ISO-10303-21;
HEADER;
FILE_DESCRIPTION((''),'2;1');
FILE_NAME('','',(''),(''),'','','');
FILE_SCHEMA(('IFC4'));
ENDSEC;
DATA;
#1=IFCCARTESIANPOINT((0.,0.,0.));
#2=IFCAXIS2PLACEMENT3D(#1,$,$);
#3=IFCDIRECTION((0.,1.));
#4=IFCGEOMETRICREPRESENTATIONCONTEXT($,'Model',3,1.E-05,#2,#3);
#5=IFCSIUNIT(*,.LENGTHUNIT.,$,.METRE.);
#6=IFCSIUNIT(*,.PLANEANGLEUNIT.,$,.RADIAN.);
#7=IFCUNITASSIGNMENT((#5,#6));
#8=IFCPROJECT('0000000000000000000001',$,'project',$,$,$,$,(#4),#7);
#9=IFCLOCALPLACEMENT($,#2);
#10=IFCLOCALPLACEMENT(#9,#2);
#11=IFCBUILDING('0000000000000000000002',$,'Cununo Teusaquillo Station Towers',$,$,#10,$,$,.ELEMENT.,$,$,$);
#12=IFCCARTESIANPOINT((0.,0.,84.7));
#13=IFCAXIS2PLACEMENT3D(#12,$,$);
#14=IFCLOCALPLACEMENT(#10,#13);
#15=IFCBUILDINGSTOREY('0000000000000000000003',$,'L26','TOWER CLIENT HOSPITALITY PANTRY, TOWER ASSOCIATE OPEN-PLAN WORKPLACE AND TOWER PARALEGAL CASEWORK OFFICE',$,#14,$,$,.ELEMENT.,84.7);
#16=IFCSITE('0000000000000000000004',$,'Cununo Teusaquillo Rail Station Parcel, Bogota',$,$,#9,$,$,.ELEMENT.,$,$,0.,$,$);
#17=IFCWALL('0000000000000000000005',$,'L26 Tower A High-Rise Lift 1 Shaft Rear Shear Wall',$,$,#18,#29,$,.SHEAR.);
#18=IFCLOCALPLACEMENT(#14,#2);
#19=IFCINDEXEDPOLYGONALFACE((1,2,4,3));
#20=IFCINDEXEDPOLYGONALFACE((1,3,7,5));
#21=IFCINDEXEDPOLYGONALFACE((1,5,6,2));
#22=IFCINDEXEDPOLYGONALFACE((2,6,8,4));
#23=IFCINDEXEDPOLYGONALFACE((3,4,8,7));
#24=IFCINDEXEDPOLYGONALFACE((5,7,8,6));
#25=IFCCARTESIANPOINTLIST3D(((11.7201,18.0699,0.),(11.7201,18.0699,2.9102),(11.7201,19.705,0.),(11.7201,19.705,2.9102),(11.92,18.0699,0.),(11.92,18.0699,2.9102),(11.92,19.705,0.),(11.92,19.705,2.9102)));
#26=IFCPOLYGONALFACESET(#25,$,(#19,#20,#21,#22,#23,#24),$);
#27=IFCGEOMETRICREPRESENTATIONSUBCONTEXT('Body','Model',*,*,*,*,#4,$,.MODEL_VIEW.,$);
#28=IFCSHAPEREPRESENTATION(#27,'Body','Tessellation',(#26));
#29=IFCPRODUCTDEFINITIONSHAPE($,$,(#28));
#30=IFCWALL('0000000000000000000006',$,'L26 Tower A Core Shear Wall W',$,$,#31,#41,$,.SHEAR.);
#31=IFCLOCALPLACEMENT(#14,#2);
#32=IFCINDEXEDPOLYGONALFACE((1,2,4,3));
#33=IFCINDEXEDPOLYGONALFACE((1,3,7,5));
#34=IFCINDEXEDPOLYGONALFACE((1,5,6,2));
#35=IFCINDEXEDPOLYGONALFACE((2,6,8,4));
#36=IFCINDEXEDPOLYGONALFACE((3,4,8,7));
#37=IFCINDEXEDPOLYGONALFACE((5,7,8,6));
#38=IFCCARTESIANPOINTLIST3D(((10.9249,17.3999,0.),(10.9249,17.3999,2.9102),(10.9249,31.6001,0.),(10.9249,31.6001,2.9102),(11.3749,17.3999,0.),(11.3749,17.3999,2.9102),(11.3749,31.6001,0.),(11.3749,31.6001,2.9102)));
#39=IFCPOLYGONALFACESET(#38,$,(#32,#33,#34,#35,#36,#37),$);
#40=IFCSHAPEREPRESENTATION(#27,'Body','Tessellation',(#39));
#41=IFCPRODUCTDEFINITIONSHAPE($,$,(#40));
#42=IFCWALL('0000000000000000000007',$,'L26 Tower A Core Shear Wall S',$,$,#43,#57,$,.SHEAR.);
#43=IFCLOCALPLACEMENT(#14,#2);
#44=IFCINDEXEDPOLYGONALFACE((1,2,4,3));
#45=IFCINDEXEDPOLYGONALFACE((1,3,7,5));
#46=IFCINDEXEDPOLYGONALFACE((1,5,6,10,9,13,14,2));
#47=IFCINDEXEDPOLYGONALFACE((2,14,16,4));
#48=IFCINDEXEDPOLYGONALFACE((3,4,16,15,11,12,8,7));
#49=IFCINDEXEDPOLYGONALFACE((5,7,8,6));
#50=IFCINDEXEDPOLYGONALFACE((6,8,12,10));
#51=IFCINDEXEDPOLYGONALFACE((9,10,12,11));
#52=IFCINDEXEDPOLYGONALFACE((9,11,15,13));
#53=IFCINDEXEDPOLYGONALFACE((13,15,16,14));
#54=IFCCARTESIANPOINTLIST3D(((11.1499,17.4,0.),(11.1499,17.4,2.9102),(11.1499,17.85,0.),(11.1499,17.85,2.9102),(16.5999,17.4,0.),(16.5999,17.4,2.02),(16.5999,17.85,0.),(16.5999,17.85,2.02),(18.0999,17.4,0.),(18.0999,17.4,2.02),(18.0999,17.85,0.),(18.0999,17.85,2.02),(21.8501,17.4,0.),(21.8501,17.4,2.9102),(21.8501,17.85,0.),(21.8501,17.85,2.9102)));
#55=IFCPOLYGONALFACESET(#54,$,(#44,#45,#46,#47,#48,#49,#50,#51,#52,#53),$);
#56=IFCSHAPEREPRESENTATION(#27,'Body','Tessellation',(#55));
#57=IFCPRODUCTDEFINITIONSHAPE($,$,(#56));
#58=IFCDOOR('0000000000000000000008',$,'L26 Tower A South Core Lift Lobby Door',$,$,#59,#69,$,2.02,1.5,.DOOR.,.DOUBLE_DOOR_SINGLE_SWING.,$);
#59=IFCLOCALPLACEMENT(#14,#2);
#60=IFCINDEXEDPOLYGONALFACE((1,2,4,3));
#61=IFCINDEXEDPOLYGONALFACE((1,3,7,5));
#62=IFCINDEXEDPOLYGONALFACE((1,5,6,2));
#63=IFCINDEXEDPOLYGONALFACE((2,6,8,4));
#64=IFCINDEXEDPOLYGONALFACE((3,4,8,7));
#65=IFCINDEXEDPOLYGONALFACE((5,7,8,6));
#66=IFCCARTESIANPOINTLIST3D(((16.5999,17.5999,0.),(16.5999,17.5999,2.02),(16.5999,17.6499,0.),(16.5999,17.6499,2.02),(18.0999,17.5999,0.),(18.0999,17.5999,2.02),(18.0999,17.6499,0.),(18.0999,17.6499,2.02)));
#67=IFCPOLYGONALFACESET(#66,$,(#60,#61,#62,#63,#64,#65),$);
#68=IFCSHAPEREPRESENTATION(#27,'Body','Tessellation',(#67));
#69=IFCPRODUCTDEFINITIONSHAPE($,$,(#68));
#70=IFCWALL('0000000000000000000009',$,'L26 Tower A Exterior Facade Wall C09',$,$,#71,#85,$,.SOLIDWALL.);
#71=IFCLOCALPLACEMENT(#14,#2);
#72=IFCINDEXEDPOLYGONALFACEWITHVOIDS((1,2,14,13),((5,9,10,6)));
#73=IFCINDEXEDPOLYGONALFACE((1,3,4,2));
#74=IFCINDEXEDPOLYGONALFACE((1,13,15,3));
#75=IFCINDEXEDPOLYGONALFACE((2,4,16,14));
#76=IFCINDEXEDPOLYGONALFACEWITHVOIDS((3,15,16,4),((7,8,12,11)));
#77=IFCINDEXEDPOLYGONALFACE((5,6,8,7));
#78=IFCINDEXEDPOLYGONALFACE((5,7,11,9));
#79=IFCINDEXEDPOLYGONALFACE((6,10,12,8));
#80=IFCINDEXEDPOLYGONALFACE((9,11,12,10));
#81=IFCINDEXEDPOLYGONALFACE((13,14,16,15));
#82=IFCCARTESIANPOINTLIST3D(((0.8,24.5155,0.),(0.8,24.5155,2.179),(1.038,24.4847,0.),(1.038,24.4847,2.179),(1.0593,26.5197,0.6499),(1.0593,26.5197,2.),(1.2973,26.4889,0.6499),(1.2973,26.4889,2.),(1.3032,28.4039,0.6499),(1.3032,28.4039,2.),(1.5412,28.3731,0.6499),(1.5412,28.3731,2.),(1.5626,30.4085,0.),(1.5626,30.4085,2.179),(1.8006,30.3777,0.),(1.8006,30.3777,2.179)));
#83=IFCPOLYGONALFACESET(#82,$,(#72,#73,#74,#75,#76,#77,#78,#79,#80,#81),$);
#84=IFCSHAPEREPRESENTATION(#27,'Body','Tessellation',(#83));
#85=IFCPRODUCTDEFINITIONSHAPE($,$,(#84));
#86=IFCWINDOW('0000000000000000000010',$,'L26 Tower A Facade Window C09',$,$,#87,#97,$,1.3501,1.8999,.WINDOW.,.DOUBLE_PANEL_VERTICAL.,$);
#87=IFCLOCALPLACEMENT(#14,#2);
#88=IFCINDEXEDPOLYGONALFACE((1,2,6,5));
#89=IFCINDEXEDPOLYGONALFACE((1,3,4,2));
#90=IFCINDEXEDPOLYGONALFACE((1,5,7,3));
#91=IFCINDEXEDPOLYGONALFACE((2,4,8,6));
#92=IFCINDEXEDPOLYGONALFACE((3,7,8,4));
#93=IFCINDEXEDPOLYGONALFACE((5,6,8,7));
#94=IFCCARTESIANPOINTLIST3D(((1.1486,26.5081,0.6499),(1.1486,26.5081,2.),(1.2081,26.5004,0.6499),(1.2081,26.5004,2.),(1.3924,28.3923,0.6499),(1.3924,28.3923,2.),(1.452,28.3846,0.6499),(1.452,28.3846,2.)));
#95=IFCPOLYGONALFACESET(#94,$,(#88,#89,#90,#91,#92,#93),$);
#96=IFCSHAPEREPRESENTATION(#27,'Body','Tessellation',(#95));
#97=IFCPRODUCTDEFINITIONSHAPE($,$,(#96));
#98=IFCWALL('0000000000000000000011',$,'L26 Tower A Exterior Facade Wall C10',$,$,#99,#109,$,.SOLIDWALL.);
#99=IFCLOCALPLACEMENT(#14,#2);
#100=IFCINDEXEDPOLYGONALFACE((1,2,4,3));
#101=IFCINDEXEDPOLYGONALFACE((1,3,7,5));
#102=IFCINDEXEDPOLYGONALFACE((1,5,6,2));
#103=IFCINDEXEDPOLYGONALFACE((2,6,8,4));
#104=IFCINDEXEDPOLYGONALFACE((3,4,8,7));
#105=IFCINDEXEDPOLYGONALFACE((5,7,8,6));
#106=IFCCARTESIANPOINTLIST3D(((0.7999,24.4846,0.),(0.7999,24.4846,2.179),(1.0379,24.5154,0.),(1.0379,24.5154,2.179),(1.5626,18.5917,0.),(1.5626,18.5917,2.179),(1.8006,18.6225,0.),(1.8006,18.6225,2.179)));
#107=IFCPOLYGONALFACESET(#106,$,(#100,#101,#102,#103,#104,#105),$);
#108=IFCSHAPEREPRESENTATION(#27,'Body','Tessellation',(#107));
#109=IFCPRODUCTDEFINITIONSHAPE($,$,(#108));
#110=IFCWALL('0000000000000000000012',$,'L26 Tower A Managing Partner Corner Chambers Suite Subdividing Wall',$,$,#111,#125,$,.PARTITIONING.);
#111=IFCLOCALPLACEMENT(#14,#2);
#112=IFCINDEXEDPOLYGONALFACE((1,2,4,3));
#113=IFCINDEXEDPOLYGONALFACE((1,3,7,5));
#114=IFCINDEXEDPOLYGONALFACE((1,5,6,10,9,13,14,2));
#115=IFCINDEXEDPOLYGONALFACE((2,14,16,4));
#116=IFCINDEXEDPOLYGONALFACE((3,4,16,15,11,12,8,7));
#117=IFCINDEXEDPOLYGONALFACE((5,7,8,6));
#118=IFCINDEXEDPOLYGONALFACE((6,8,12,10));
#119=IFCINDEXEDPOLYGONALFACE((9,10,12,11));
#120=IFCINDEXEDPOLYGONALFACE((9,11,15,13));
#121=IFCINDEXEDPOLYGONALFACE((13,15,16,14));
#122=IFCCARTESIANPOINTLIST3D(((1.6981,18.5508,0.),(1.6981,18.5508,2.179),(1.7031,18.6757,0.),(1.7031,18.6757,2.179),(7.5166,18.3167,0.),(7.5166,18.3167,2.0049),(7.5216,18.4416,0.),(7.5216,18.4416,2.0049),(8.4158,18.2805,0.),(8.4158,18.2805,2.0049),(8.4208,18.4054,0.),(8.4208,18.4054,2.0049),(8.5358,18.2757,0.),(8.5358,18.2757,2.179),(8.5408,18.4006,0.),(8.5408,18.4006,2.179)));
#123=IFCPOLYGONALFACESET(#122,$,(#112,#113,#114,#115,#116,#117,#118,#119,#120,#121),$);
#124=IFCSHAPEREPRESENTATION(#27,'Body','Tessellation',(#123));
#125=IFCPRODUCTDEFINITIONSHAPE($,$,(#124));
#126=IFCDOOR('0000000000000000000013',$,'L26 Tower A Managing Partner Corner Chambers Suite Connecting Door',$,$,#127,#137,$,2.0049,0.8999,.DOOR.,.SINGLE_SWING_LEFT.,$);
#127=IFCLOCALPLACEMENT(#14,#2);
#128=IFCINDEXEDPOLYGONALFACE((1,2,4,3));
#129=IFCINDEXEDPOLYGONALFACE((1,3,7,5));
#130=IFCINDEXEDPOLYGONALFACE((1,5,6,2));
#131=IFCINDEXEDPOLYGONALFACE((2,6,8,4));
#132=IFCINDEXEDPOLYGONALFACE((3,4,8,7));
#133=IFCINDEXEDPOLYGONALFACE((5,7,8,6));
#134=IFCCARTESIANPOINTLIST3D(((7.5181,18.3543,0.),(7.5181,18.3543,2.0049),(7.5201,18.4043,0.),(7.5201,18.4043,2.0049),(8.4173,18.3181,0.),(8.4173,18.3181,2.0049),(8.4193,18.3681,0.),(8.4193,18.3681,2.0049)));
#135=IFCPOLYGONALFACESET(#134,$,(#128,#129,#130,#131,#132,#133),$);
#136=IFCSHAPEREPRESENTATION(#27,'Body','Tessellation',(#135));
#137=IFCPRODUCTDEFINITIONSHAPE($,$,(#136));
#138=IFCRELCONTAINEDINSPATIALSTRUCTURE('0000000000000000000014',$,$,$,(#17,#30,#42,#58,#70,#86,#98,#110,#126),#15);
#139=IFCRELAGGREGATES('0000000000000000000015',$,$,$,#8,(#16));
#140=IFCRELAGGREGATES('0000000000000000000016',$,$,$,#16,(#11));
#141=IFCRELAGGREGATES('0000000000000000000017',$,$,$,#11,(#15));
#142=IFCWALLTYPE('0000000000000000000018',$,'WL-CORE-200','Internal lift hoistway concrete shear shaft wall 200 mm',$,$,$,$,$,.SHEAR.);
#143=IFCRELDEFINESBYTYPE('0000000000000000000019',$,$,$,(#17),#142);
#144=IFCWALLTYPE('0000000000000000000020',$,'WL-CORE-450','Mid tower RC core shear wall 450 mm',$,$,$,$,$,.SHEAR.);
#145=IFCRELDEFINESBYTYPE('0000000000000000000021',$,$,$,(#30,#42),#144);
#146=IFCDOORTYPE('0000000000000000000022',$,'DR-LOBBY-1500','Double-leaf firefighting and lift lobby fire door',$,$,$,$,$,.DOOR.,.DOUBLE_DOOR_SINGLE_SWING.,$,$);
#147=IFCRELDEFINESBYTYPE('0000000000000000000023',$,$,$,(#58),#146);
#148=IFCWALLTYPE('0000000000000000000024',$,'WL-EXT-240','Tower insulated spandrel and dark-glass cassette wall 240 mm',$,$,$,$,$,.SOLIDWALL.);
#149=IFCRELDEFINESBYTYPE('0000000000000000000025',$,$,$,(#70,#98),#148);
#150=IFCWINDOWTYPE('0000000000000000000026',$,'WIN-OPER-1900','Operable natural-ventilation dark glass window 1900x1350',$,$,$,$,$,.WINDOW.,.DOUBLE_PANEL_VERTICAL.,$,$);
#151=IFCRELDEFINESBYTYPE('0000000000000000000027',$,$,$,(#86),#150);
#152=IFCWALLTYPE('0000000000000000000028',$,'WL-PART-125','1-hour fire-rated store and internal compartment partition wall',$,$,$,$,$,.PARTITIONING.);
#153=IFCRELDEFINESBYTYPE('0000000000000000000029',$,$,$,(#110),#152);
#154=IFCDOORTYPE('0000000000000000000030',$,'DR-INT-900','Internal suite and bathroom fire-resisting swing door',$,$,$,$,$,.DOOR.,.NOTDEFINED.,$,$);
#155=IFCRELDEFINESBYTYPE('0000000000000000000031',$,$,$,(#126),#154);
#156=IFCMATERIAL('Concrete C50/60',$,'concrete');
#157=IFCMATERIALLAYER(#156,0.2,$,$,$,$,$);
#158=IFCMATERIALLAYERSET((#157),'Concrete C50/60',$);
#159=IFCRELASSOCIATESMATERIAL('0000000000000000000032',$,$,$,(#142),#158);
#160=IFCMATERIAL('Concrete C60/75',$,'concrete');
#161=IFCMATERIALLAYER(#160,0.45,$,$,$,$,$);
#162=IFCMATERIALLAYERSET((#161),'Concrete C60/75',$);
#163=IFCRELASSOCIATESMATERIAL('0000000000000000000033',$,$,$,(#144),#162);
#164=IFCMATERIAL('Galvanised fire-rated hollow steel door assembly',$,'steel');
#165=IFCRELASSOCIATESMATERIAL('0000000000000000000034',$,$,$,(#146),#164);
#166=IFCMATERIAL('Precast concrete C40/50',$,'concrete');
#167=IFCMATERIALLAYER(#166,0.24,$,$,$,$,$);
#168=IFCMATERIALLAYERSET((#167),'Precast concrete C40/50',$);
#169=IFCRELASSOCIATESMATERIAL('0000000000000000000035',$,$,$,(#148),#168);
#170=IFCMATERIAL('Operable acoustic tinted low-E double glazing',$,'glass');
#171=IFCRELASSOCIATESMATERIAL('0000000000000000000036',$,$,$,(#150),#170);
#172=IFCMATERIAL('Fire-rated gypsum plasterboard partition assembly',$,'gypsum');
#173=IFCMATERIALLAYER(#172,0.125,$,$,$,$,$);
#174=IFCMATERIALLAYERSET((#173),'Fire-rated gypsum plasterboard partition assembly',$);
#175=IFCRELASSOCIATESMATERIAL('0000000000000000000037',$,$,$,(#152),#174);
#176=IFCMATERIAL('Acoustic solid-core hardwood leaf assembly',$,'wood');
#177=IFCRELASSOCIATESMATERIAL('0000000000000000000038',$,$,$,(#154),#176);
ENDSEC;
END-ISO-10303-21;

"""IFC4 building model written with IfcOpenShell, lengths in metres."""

from ifc_helpers import new_model, si_unit, direction, frame, frame_2d, origin, place, context, subcontext, project, spatial, rectangle, extrude, source, transform, mapped, material, layer, layer_set, type_object, element, fill, save


model = new_model("IFC4")

# Units and contexts
model_context = context("Model", 3, precision=1e-05, world=origin(), true_north=direction((0.0, 1.0)))
body_context = subcontext(model_context, "Body", "Model", "MODEL_VIEW")
ifc_project = project(units=[si_unit("LENGTHUNIT", "METRE"), si_unit("PLANEANGLEUNIT", "RADIAN")], contexts=[model_context])

# Site, building, storey
site_placement = place(None, origin())
site = spatial("IfcSite", under=ifc_project, at=site_placement, Name="Cununo Teusaquillo Rail Station Parcel, Bogota", CompositionType="ELEMENT", RefElevation=0.0)
building_placement = place(site_placement, origin())
building = spatial("IfcBuilding", under=site, at=building_placement, Name="Cununo Teusaquillo Station Towers", CompositionType="ELEMENT")
storey_placement = place(building_placement, frame((0.0, 0.0, 84.7)))
storey = spatial("IfcBuildingStorey", under=building, at=storey_placement, Name="L26", Description="TOWER CLIENT HOSPITALITY PANTRY, TOWER ASSOCIATE OPEN-PLAN WORKPLACE AND TOWER PARALEGAL CASEWORK OFFICE", CompositionType="ELEMENT", Elevation=84.7)

# Walls
ifc_material_1 = material(Name="Concrete C50/60", Category="concrete")
ifc_layer_1 = layer(ifc_material_1, 0.2)
ifc_layer_set_1 = layer_set([ifc_layer_1], Name="Concrete C50/60")
wall_type_1 = type_object("IfcWallType", Name="WL-CORE-200", Description="Internal lift hoistway concrete shear shaft wall 200 mm", PredefinedType="SHEAR", material=ifc_layer_set_1)
wall_1_placement = place(storey_placement, frame((11.8201, 18.0701, 0.0), z_axis=(0.0, 0.0, 1.0), x_axis=(0.0, 1.0, 0.0)))
element("IfcWall", 1, at=wall_1_placement, inside=storey, type_object=wall_type_1, Name="L26 Tower A High-Rise Lift 1 Shaft Rear Shear Wall", PredefinedType="SHEAR", context=body_context, shape_type="SweptSolid", body=[
    extrude(rectangle(XDim=1.635, YDim=0.2, at=frame_2d((0.8174, 0.0))), origin(), (0.0, 0.0, 1.0), 2.9102),
])
ifc_material_2 = material(Name="Concrete C60/75", Category="concrete")
ifc_layer_2 = layer(ifc_material_2, 0.45)
ifc_layer_set_2 = layer_set([ifc_layer_2], Name="Concrete C60/75")
wall_type_2 = type_object("IfcWallType", Name="WL-CORE-450", Description="Mid tower RC core shear wall 450 mm", PredefinedType="SHEAR", material=ifc_layer_set_2)
wall_2_placement = place(storey_placement, frame((11.1499, 17.3999, 0.0), z_axis=(0.0, 0.0, 1.0), x_axis=(0.0, 1.0, 0.0)))
element("IfcWall", 2, at=wall_2_placement, inside=storey, type_object=wall_type_2, Name="L26 Tower A Core Shear Wall W", PredefinedType="SHEAR", context=body_context, shape_type="SweptSolid", body=[
    extrude(rectangle(XDim=14.2002, YDim=0.45, at=frame_2d((7.1001, 0.0))), origin(), (0.0, 0.0, 1.0), 2.9102),
])

# Wall, opening, door
wall_3_placement = place(storey_placement, frame((11.1499, 17.625, 0.0), z_axis=(0.0, 0.0, 1.0), x_axis=(1.0, 0.0, 0.0)))
wall_3 = element("IfcWall", 3, at=wall_3_placement, inside=storey, type_object=wall_type_2, Name="L26 Tower A Core Shear Wall S", PredefinedType="SHEAR", context=body_context, shape_type="SweptSolid", body=[
    extrude(rectangle(XDim=10.7002, YDim=0.45, at=frame_2d((5.3501, 0.0))), origin(), (0.0, 0.0, 1.0), 2.9102),
])
shared_shape_1 = source(origin(), body_context, "Body", "SweptSolid", [
    extrude(rectangle(XDim=1.5, YDim=2.02, at=frame_2d((0.75, 1.01))), frame((0.0, 0.2349, 0.0), z_axis=(0.0, -1.0, 0.0), x_axis=(1.0, 0.0, 0.0)), (0.0, 0.0, 1.0), 0.47),
])
opening_1_placement = place(wall_3_placement, frame((5.45, 0.0, 0.0)))
opening_1 = element("IfcOpeningElement", 4, at=opening_1_placement, cuts=wall_3, PredefinedType="OPENING", context=body_context, shape_type="MappedRepresentation", body=[
    mapped(shared_shape_1, transform((0.0, 0.0, 0.0), x_axis=(1.0, 0.0, 0.0), y_axis=(0.0, 1.0, 0.0), z_axis=(0.0, 0.0, 1.0), scale=1.0)),
])
ifc_material_3 = material(Name="Galvanised fire-rated hollow steel door assembly", Category="steel")
door_type_1 = type_object("IfcDoorType", Name="DR-LOBBY-1500", Description="Double-leaf firefighting and lift lobby fire door", OperationType="DOUBLE_DOOR_SINGLE_SWING", PredefinedType="DOOR", material=ifc_material_3)
shared_shape_2 = source(origin(), body_context, "Body", "SweptSolid", [
    extrude(rectangle(XDim=1.5, YDim=2.02, at=frame_2d((0.75, 1.01))), frame((0.0, 0.0249, 0.0), z_axis=(0.0, -1.0, 0.0), x_axis=(1.0, 0.0, 0.0)), (0.0, 0.0, 1.0), 0.05),
])
door_1_placement = place(opening_1_placement, origin())
door_1 = element("IfcDoor", 5, at=door_1_placement, inside=storey, type_object=door_type_1, Name="L26 Tower A South Core Lift Lobby Door", OperationType="DOUBLE_DOOR_SINGLE_SWING", OverallHeight=2.02, OverallWidth=1.5, PredefinedType="DOOR", context=body_context, shape_type="MappedRepresentation", body=[
    mapped(shared_shape_2, transform((0.0, 0.0, 0.0), x_axis=(1.0, 0.0, 0.0), y_axis=(0.0, 1.0, 0.0), z_axis=(0.0, 0.0, 1.0), scale=1.0)),
])
fill(opening_1, door_1)

# Wall, opening, window
ifc_material_4 = material(Name="Precast concrete C40/50", Category="concrete")
ifc_layer_3 = layer(ifc_material_4, 0.24)
ifc_layer_set_3 = layer_set([ifc_layer_3], Name="Precast concrete C40/50")
wall_type_3 = type_object("IfcWallType", Name="WL-EXT-240", Description="Tower insulated spandrel and dark-glass cassette wall 240 mm", PredefinedType="SOLIDWALL", material=ifc_layer_set_3)
wall_4_placement = place(storey_placement, frame((0.9189, 24.5, 0.0), z_axis=(0.0, 0.0, 1.0), x_axis=(0.128352, 0.991729, 0.0)))
wall_4 = element("IfcWall", 6, at=wall_4_placement, inside=storey, type_object=wall_type_3, Name="L26 Tower A Exterior Facade Wall C09", PredefinedType="SOLIDWALL", context=body_context, shape_type="SweptSolid", body=[
    extrude(rectangle(XDim=5.9421, YDim=0.24, at=frame_2d((2.9712, 0.0))), origin(), (0.0, 0.0, 1.0), 2.179),
])
shared_shape_3 = source(origin(), body_context, "Body", "SweptSolid", [
    extrude(rectangle(XDim=1.8999, YDim=1.3501, at=frame_2d((0.95, 0.675))), frame((0.0, 0.1299, 0.0), z_axis=(0.0, -1.0, 0.0), x_axis=(1.0, 0.0, 0.0)), (0.0, 0.0, 1.0), 0.26),
])
opening_2_placement = place(wall_4_placement, frame((2.021, 0.0, 0.6499)))
opening_2 = element("IfcOpeningElement", 7, at=opening_2_placement, cuts=wall_4, PredefinedType="OPENING", context=body_context, shape_type="MappedRepresentation", body=[
    mapped(shared_shape_3, transform((0.0, 0.0, 0.0), x_axis=(1.0, 0.0, 0.0), y_axis=(0.0, 1.0, 0.0), z_axis=(0.0, 0.0, 1.0), scale=1.0)),
])
ifc_material_5 = material(Name="Operable acoustic tinted low-E double glazing", Category="glass")
window_type = type_object("IfcWindowType", Name="WIN-OPER-1900", Description="Operable natural-ventilation dark glass window 1900x1350", PartitioningType="DOUBLE_PANEL_VERTICAL", PredefinedType="WINDOW", material=ifc_material_5)
shared_shape_4 = source(origin(), body_context, "Body", "SweptSolid", [
    extrude(rectangle(XDim=1.8999, YDim=1.3501, at=frame_2d((0.95, 0.675))), frame((0.0, 0.03, 0.0), z_axis=(0.0, -1.0, 0.0), x_axis=(1.0, 0.0, 0.0)), (0.0, 0.0, 1.0), 0.0601),
])
window_placement = place(opening_2_placement, origin())
window = element("IfcWindow", 8, at=window_placement, inside=storey, type_object=window_type, Name="L26 Tower A Facade Window C09", OverallHeight=1.3501, OverallWidth=1.8999, PartitioningType="DOUBLE_PANEL_VERTICAL", PredefinedType="WINDOW", context=body_context, shape_type="MappedRepresentation", body=[
    mapped(shared_shape_4, transform((0.0, 0.0, 0.0), x_axis=(1.0, 0.0, 0.0), y_axis=(0.0, 1.0, 0.0), z_axis=(0.0, 0.0, 1.0), scale=1.0)),
])
fill(opening_2, window)

# Wall
wall_5_placement = place(storey_placement, frame((1.6816, 18.6069, 0.0), z_axis=(0.0, 0.0, 1.0), x_axis=(-0.128352, 0.991729, 0.0)))
element("IfcWall", 9, at=wall_5_placement, inside=storey, type_object=wall_type_3, Name="L26 Tower A Exterior Facade Wall C10", PredefinedType="SOLIDWALL", context=body_context, shape_type="SweptSolid", body=[
    extrude(rectangle(XDim=5.9421, YDim=0.24, at=frame_2d((2.9712, 0.0))), origin(), (0.0, 0.0, 1.0), 2.179),
])

# Wall, opening, door
ifc_material_6 = material(Name="Fire-rated gypsum plasterboard partition assembly", Category="gypsum")
ifc_layer_4 = layer(ifc_material_6, 0.125)
ifc_layer_set_4 = layer_set([ifc_layer_4], Name="Fire-rated gypsum plasterboard partition assembly")
wall_type_4 = type_object("IfcWallType", Name="WL-PART-125", Description="1-hour fire-rated store and internal compartment partition wall", PredefinedType="PARTITIONING", material=ifc_layer_set_4)
wall_6_placement = place(storey_placement, frame((8.5383, 18.3381, 0.0), z_axis=(0.0, 0.0, 1.0), x_axis=(-0.999191, 0.040207, 0.0)))
wall_6 = element("IfcWall", 10, at=wall_6_placement, inside=storey, type_object=wall_type_4, Name="L26 Tower A Managing Partner Corner Chambers Suite Subdividing Wall", PredefinedType="PARTITIONING", context=body_context, shape_type="SweptSolid", body=[
    extrude(rectangle(XDim=6.8433, YDim=0.125, at=frame_2d((3.4216, 0.0))), origin(), (0.0, 0.0, 1.0), 2.179),
])
shared_shape_5 = source(origin(), body_context, "Body", "SweptSolid", [
    extrude(rectangle(XDim=0.8999, YDim=2.0049, at=frame_2d((0.45, 1.0024))), frame((0.0, 0.0725, 0.0), z_axis=(0.0, -1.0, 0.0), x_axis=(1.0, 0.0, 0.0)), (0.0, 0.0, 1.0), 0.145),
])
opening_3_placement = place(wall_6_placement, frame((0.1201, 0.0, 0.0)))
opening_3 = element("IfcOpeningElement", 11, at=opening_3_placement, cuts=wall_6, PredefinedType="OPENING", context=body_context, shape_type="MappedRepresentation", body=[
    mapped(shared_shape_5, transform((0.0, 0.0, 0.0), x_axis=(1.0, 0.0, 0.0), y_axis=(0.0, 1.0, 0.0), z_axis=(0.0, 0.0, 1.0), scale=1.0)),
])
ifc_material_7 = material(Name="Acoustic solid-core hardwood leaf assembly", Category="wood")
door_type_2 = type_object("IfcDoorType", Name="DR-INT-900", Description="Internal suite and bathroom fire-resisting swing door", OperationType="NOTDEFINED", PredefinedType="DOOR", material=ifc_material_7)
shared_shape_6 = source(origin(), body_context, "Body", "SweptSolid", [
    extrude(rectangle(XDim=0.8999, YDim=2.0049, at=frame_2d((0.45, 1.0024))), frame((0.0, 0.0249, 0.0), z_axis=(0.0, -1.0, 0.0), x_axis=(1.0, 0.0, 0.0)), (0.0, 0.0, 1.0), 0.05),
])
door_2_placement = place(opening_3_placement, origin())
door_2 = element("IfcDoor", 12, at=door_2_placement, inside=storey, type_object=door_type_2, Name="L26 Tower A Managing Partner Corner Chambers Suite Connecting Door", OperationType="SINGLE_SWING_LEFT", OverallHeight=2.0049, OverallWidth=0.8999, PredefinedType="DOOR", context=body_context, shape_type="MappedRepresentation", body=[
    mapped(shared_shape_6, transform((0.0, 0.0, 0.0), x_axis=(1.0, 0.0, 0.0), y_axis=(0.0, 1.0, 0.0), z_axis=(0.0, 0.0, 1.0), scale=1.0)),
])
fill(opening_3, door_2)

save(model, "model.ifc")
